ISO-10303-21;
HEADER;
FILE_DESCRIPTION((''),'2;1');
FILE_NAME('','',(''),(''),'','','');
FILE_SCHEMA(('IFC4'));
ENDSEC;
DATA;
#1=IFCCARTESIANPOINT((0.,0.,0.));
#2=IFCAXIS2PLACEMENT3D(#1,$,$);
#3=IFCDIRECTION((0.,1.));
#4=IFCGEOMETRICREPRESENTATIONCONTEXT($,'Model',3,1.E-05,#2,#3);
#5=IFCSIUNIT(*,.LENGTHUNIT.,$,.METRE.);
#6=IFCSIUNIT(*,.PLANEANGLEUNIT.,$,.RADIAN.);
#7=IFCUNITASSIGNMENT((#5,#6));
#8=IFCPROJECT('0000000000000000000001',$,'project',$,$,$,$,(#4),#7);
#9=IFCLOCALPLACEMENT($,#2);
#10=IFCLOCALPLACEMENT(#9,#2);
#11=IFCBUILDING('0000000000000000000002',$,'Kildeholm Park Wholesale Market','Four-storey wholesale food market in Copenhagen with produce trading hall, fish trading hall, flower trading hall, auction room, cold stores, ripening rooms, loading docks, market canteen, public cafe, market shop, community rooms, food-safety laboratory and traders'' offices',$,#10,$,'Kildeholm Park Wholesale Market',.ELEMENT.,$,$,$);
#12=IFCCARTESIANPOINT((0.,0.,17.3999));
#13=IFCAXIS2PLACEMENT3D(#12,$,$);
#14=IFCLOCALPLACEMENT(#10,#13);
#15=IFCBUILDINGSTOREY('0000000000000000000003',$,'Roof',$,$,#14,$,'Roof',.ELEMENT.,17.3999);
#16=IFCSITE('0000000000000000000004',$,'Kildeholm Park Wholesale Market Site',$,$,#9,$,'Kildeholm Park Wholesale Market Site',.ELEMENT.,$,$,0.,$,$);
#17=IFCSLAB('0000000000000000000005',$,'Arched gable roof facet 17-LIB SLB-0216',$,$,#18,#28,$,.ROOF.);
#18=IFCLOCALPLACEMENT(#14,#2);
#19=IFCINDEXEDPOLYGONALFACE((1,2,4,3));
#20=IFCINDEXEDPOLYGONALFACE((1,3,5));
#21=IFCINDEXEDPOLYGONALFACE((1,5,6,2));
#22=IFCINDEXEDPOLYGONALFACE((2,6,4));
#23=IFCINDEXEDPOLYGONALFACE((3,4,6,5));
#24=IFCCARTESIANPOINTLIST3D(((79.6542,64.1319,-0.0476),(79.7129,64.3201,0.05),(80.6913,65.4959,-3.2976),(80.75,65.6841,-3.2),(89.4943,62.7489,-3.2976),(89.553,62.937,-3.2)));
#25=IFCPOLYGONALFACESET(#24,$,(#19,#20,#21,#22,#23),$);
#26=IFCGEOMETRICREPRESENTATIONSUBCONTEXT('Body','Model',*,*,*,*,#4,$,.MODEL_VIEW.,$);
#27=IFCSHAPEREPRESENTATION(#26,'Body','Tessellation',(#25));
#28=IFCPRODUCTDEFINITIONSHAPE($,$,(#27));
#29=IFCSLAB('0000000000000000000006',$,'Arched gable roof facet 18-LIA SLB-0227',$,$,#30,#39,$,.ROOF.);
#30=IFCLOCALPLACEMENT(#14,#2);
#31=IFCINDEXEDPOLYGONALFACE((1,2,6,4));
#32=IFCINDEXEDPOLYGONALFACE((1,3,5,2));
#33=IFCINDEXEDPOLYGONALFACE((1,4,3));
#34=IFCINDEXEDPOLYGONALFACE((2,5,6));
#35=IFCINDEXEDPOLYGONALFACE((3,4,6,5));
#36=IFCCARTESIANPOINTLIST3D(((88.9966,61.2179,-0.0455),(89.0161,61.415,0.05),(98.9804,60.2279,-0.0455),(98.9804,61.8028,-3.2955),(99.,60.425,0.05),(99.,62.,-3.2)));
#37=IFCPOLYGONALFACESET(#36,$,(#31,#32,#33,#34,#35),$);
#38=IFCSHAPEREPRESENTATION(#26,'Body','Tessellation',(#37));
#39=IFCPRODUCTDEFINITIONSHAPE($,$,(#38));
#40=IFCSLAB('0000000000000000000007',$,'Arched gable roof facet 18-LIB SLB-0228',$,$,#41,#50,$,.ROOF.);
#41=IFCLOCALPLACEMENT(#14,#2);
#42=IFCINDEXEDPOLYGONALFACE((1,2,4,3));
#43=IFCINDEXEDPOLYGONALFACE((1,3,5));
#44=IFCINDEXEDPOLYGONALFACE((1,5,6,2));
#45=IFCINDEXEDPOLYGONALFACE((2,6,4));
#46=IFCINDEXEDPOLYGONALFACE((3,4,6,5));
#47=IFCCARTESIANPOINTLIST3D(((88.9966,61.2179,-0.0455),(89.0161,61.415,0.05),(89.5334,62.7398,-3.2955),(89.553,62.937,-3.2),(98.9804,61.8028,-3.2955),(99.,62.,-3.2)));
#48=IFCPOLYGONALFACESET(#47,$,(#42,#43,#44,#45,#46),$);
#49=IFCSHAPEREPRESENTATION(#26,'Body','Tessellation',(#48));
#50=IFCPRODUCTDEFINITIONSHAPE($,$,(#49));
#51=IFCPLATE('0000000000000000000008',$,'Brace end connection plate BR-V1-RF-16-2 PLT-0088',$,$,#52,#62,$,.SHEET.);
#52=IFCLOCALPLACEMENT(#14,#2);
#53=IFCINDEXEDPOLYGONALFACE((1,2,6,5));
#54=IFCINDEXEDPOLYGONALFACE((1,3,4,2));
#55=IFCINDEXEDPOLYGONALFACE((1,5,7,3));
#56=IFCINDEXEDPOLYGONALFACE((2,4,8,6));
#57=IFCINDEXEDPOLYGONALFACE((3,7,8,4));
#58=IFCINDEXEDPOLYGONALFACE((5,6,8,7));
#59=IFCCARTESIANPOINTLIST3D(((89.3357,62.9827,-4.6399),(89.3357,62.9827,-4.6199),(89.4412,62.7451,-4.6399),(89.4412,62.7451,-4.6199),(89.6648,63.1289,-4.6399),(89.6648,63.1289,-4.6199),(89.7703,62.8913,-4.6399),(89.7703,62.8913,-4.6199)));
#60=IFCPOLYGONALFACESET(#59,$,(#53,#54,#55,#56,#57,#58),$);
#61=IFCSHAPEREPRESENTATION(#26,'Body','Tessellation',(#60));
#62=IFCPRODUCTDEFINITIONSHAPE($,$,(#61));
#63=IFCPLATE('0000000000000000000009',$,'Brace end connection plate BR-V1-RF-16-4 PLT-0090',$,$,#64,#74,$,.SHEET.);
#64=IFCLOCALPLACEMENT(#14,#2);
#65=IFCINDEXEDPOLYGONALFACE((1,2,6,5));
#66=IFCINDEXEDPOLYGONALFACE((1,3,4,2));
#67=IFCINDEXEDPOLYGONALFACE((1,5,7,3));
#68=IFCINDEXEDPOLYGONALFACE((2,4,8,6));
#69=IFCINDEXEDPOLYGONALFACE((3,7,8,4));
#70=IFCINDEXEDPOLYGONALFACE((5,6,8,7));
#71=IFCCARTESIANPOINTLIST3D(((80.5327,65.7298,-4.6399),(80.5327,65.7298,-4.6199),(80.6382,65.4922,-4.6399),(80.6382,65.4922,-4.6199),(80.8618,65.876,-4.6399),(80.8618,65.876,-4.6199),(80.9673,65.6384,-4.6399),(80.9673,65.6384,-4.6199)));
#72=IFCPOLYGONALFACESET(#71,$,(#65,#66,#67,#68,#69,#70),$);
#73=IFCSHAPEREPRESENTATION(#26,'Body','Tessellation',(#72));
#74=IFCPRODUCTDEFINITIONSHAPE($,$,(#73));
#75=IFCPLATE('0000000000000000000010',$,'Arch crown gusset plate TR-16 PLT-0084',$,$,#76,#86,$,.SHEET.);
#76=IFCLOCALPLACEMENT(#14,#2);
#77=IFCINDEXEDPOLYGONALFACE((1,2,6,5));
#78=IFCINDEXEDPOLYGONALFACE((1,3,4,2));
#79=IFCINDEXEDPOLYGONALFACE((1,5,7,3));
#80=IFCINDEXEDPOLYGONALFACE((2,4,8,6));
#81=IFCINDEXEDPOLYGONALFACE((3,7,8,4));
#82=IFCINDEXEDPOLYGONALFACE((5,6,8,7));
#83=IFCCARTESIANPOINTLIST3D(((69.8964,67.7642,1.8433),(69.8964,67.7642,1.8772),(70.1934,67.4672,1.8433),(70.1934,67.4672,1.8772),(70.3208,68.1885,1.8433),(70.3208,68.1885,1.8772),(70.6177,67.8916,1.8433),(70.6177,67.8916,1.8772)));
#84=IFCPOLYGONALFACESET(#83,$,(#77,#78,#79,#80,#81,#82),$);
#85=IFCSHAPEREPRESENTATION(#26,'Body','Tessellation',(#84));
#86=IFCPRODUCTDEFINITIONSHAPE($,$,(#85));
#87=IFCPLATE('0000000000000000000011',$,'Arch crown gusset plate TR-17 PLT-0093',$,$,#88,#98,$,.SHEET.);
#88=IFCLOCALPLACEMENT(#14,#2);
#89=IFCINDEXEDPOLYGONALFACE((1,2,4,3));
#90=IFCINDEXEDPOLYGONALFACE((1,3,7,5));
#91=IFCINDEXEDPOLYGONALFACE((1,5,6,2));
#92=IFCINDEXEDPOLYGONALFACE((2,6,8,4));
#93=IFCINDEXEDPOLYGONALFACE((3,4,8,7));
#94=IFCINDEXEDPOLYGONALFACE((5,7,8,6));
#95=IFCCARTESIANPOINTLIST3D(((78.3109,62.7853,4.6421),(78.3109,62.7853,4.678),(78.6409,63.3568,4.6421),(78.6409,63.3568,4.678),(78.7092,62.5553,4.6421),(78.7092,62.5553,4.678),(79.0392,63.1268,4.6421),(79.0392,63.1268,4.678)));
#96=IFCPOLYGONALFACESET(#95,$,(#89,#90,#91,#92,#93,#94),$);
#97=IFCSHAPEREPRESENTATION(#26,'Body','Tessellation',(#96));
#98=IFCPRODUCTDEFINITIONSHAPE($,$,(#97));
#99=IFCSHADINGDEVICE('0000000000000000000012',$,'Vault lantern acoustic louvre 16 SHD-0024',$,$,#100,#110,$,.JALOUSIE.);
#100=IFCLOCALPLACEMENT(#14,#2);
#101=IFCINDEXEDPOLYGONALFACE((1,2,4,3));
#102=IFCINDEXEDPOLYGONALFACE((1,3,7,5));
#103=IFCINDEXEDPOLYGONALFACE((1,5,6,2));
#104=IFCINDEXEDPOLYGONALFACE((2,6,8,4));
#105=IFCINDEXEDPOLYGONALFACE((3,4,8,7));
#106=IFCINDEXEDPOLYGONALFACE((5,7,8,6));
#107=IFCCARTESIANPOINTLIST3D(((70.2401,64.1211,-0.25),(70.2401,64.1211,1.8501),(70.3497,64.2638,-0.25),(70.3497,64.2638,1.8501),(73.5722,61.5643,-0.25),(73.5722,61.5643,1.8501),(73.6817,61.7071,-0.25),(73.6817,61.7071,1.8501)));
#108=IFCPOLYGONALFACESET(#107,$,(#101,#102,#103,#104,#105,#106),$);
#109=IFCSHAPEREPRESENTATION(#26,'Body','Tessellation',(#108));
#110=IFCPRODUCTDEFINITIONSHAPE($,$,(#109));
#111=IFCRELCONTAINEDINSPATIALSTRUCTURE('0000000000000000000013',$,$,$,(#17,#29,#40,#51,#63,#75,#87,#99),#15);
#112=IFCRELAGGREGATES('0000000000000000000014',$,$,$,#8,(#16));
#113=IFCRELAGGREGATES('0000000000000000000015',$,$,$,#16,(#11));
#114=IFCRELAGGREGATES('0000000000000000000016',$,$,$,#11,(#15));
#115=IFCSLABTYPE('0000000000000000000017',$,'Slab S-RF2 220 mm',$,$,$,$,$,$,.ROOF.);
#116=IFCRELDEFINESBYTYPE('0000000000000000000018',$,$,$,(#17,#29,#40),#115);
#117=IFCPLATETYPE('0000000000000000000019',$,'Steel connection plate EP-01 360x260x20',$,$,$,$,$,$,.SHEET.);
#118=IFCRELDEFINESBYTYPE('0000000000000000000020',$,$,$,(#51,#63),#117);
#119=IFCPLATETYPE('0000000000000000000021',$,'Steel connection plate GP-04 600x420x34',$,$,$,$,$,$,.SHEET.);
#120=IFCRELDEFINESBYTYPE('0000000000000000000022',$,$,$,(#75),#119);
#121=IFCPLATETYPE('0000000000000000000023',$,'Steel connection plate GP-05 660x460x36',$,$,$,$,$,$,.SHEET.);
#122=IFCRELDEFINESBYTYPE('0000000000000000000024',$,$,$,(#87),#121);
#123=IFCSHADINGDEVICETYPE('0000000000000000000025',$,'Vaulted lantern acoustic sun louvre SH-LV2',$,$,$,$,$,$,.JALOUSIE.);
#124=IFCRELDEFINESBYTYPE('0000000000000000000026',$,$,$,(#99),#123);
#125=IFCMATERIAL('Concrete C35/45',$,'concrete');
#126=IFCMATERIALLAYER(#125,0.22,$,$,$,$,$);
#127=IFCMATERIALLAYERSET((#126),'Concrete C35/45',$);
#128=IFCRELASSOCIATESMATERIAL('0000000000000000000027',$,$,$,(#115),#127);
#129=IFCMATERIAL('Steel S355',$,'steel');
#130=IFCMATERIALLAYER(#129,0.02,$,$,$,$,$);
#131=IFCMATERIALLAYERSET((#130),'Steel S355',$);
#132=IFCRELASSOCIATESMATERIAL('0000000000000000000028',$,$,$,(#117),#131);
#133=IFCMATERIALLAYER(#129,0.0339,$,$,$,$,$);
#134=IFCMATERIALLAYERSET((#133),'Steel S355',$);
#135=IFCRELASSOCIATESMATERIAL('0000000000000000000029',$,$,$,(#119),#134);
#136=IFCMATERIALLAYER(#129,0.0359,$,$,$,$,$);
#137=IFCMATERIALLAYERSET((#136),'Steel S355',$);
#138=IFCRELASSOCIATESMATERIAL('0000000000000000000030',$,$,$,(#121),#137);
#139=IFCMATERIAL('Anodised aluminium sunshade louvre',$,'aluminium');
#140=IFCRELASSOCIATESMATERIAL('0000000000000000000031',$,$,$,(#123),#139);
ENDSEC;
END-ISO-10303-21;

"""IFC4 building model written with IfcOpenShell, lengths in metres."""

from ifc_helpers import new_model, si_unit, direction, frame, origin, origin_2d, place, context, subcontext, project, spatial, polyline, rectangle, outline, extrude, material, layer, layer_set, type_object, element, save


model = new_model("IFC4")

# Units and contexts
model_context = context("Model", 3, precision=1e-05, world=origin(), true_north=direction((0.0, 1.0)))
body_context = subcontext(model_context, "Body", "Model", "MODEL_VIEW")
ifc_project = project(units=[si_unit("LENGTHUNIT", "METRE"), si_unit("PLANEANGLEUNIT", "RADIAN")], contexts=[model_context])

# Site, building, storey
site_placement = place(None, origin())
site = spatial("IfcSite", under=ifc_project, at=site_placement, Name="Kildeholm Park Wholesale Market Site", LongName="Kildeholm Park Wholesale Market Site", CompositionType="ELEMENT", RefElevation=0.0)
building_placement = place(site_placement, origin())
building = spatial("IfcBuilding", under=site, at=building_placement, Name="Kildeholm Park Wholesale Market", Description="Four-storey wholesale food market in Copenhagen with produce trading hall, fish trading hall, flower trading hall, auction room, cold stores, ripening rooms, loading docks, market canteen, public cafe, market shop, community rooms, food-safety laboratory and traders' offices", LongName="Kildeholm Park Wholesale Market", CompositionType="ELEMENT")
storey_placement = place(building_placement, frame((0.0, 0.0, 17.3999)))
storey = spatial("IfcBuildingStorey", under=building, at=storey_placement, Name="Roof", LongName="Roof", CompositionType="ELEMENT", Elevation=17.3999)

# Shared definitions
ifc_material_1 = material(Name="Steel S355", Category="steel")

# Slabs
ifc_material_2 = material(Name="Concrete C35/45", Category="concrete")
ifc_layer_1 = layer(ifc_material_2, 0.22)
ifc_layer_set_1 = layer_set([ifc_layer_1], Name="Concrete C35/45")
slab_type = type_object("IfcSlabType", Name="Slab S-RF2 220 mm", PredefinedType="ROOF", material=ifc_layer_set_1)
slab_1_placement = place(storey_placement, frame((79.7129, 64.3201, 0.05), z_axis=(0.266901, 0.855284, 0.444131), x_axis=(0.941204, -0.132289, -0.310862)))
element("IfcSlab", 1, at=slab_1_placement, inside=storey, type_object=slab_type, Name="Arched gable roof facet 17-LIB SLB-0216", PredefinedType="ROOF", context=body_context, shape_type="SweptSolid", body=[
    extrude(outline(polyline([(0.0, 0.0), (10.4548, 0.0), (1.806, 3.1995), (0.0, 0.0)])), origin(), (0.0, 0.0, -1.0), 0.22),
])
slab_2_placement = place(storey_placement, frame((89.0161, 61.415, 0.05), z_axis=(0.08888, 0.89634, 0.434367), x_axis=(0.99512, -0.098675, 0.0)))
element("IfcSlab", 2, at=slab_2_placement, inside=storey, type_object=slab_type, Name="Arched gable roof facet 18-LIA SLB-0227", PredefinedType="ROOF", context=body_context, shape_type="SweptSolid", body=[
    extrude(outline(polyline([(0.0, 0.0), (10.0328, 0.0), (9.8774, 3.6082), (0.0, 0.0)])), origin(), (0.0, 0.0, -1.0), 0.22),
])
slab_3_placement = place(storey_placement, frame((89.0161, 61.415, 0.05), z_axis=(0.088901, 0.896309, 0.434426), x_axis=(0.949415, 0.055627, -0.309058)))
element("IfcSlab", 3, at=slab_3_placement, inside=storey, type_object=slab_type, Name="Arched gable roof facet 18-LIB SLB-0228", PredefinedType="ROOF", context=body_context, shape_type="SweptSolid", body=[
    extrude(outline(polyline([(0.0, 0.0), (10.5158, 0.0), (1.5988, 3.2574), (0.0, 0.0)])), origin(), (0.0, 0.0, -1.0), 0.22),
])

# Plates
ifc_layer_2 = layer(ifc_material_1, 0.02)
ifc_layer_set_2 = layer_set([ifc_layer_2], Name="Steel S355")
plate_type_1 = type_object("IfcPlateType", Name="Steel connection plate EP-01 360x260x20", PredefinedType="SHEET", material=ifc_layer_set_2)
for number, where, z_axis, x_axis, name in (
    (4, (89.553, 62.937, -4.6399), (0.0, 0.0, 1.0), (0.9139, 0.405939, 0.0), "Brace end connection plate BR-V1-RF-16-2 PLT-0088"),
    (5, (80.75, 65.6841, -4.6399), (0.0, 0.0, 1.0), (0.9139, 0.405939, 0.0), "Brace end connection plate BR-V1-RF-16-4 PLT-0090"),
):
    element("IfcPlate", number, at=place(storey_placement, frame(where, z_axis=z_axis, x_axis=x_axis)), inside=storey, type_object=plate_type_1, Name=name, PredefinedType="SHEET", context=body_context, shape_type="SweptSolid", body=[
        extrude(rectangle(XDim=0.3601, YDim=0.26, at=origin_2d()), origin(), (0.0, 0.0, 1.0), 0.02),
    ])
ifc_layer_3 = layer(ifc_material_1, 0.0339)
ifc_layer_set_3 = layer_set([ifc_layer_3], Name="Steel S355")
plate_type_2 = type_object("IfcPlateType", Name="Steel connection plate GP-04 600x420x34", PredefinedType="SHEET", material=ifc_layer_set_3)
plate_1_placement = place(storey_placement, frame((70.2571, 67.8279, 1.8433), z_axis=(0.0, 0.0, 1.0), x_axis=(-0.707107, -0.707107, 0.0)))
element("IfcPlate", 6, at=plate_1_placement, inside=storey, type_object=plate_type_2, Name="Arch crown gusset plate TR-16 PLT-0084", PredefinedType="SHEET", context=body_context, shape_type="SweptSolid", body=[
    extrude(rectangle(XDim=0.6001, YDim=0.4199, at=origin_2d()), origin(), (0.0, 0.0, 1.0), 0.0339),
])
ifc_layer_4 = layer(ifc_material_1, 0.0359)
ifc_layer_set_4 = layer_set([ifc_layer_4], Name="Steel S355")
plate_type_3 = type_object("IfcPlateType", Name="Steel connection plate GP-05 660x460x36", PredefinedType="SHEET", material=ifc_layer_set_4)
plate_2_placement = place(storey_placement, frame((78.675, 62.9561, 4.6421), z_axis=(0.0, 0.0, 1.0), x_axis=(-0.5, -0.866025, 0.0)))
element("IfcPlate", 7, at=plate_2_placement, inside=storey, type_object=plate_type_3, Name="Arch crown gusset plate TR-17 PLT-0093", PredefinedType="SHEET", context=body_context, shape_type="SweptSolid", body=[
    extrude(rectangle(XDim=0.6599, YDim=0.46, at=origin_2d()), origin(), (0.0, 0.0, 1.0), 0.0359),
])

# Shading device
ifc_material_3 = material(Name="Anodised aluminium sunshade louvre", Category="aluminium")
shading_device_type = type_object("IfcShadingDeviceType", Name="Vaulted lantern acoustic sun louvre SH-LV2", PredefinedType="JALOUSIE", material=ifc_material_3)
shading_device_placement = place(storey_placement, frame((71.9609, 62.9141, -0.25), z_axis=(0.0, 0.0, 1.0), x_axis=(0.793353, -0.608761, 0.0)))
element("IfcShadingDevice", 8, at=shading_device_placement, inside=storey, type_object=shading_device_type, Name="Vault lantern acoustic louvre 16 SHD-0024", PredefinedType="JALOUSIE", context=body_context, shape_type="SweptSolid", body=[
    extrude(rectangle(XDim=4.2, YDim=0.1799, at=origin_2d()), origin(), (0.0, 0.0, 1.0), 2.1001),
])

save(model, "model.ifc")
